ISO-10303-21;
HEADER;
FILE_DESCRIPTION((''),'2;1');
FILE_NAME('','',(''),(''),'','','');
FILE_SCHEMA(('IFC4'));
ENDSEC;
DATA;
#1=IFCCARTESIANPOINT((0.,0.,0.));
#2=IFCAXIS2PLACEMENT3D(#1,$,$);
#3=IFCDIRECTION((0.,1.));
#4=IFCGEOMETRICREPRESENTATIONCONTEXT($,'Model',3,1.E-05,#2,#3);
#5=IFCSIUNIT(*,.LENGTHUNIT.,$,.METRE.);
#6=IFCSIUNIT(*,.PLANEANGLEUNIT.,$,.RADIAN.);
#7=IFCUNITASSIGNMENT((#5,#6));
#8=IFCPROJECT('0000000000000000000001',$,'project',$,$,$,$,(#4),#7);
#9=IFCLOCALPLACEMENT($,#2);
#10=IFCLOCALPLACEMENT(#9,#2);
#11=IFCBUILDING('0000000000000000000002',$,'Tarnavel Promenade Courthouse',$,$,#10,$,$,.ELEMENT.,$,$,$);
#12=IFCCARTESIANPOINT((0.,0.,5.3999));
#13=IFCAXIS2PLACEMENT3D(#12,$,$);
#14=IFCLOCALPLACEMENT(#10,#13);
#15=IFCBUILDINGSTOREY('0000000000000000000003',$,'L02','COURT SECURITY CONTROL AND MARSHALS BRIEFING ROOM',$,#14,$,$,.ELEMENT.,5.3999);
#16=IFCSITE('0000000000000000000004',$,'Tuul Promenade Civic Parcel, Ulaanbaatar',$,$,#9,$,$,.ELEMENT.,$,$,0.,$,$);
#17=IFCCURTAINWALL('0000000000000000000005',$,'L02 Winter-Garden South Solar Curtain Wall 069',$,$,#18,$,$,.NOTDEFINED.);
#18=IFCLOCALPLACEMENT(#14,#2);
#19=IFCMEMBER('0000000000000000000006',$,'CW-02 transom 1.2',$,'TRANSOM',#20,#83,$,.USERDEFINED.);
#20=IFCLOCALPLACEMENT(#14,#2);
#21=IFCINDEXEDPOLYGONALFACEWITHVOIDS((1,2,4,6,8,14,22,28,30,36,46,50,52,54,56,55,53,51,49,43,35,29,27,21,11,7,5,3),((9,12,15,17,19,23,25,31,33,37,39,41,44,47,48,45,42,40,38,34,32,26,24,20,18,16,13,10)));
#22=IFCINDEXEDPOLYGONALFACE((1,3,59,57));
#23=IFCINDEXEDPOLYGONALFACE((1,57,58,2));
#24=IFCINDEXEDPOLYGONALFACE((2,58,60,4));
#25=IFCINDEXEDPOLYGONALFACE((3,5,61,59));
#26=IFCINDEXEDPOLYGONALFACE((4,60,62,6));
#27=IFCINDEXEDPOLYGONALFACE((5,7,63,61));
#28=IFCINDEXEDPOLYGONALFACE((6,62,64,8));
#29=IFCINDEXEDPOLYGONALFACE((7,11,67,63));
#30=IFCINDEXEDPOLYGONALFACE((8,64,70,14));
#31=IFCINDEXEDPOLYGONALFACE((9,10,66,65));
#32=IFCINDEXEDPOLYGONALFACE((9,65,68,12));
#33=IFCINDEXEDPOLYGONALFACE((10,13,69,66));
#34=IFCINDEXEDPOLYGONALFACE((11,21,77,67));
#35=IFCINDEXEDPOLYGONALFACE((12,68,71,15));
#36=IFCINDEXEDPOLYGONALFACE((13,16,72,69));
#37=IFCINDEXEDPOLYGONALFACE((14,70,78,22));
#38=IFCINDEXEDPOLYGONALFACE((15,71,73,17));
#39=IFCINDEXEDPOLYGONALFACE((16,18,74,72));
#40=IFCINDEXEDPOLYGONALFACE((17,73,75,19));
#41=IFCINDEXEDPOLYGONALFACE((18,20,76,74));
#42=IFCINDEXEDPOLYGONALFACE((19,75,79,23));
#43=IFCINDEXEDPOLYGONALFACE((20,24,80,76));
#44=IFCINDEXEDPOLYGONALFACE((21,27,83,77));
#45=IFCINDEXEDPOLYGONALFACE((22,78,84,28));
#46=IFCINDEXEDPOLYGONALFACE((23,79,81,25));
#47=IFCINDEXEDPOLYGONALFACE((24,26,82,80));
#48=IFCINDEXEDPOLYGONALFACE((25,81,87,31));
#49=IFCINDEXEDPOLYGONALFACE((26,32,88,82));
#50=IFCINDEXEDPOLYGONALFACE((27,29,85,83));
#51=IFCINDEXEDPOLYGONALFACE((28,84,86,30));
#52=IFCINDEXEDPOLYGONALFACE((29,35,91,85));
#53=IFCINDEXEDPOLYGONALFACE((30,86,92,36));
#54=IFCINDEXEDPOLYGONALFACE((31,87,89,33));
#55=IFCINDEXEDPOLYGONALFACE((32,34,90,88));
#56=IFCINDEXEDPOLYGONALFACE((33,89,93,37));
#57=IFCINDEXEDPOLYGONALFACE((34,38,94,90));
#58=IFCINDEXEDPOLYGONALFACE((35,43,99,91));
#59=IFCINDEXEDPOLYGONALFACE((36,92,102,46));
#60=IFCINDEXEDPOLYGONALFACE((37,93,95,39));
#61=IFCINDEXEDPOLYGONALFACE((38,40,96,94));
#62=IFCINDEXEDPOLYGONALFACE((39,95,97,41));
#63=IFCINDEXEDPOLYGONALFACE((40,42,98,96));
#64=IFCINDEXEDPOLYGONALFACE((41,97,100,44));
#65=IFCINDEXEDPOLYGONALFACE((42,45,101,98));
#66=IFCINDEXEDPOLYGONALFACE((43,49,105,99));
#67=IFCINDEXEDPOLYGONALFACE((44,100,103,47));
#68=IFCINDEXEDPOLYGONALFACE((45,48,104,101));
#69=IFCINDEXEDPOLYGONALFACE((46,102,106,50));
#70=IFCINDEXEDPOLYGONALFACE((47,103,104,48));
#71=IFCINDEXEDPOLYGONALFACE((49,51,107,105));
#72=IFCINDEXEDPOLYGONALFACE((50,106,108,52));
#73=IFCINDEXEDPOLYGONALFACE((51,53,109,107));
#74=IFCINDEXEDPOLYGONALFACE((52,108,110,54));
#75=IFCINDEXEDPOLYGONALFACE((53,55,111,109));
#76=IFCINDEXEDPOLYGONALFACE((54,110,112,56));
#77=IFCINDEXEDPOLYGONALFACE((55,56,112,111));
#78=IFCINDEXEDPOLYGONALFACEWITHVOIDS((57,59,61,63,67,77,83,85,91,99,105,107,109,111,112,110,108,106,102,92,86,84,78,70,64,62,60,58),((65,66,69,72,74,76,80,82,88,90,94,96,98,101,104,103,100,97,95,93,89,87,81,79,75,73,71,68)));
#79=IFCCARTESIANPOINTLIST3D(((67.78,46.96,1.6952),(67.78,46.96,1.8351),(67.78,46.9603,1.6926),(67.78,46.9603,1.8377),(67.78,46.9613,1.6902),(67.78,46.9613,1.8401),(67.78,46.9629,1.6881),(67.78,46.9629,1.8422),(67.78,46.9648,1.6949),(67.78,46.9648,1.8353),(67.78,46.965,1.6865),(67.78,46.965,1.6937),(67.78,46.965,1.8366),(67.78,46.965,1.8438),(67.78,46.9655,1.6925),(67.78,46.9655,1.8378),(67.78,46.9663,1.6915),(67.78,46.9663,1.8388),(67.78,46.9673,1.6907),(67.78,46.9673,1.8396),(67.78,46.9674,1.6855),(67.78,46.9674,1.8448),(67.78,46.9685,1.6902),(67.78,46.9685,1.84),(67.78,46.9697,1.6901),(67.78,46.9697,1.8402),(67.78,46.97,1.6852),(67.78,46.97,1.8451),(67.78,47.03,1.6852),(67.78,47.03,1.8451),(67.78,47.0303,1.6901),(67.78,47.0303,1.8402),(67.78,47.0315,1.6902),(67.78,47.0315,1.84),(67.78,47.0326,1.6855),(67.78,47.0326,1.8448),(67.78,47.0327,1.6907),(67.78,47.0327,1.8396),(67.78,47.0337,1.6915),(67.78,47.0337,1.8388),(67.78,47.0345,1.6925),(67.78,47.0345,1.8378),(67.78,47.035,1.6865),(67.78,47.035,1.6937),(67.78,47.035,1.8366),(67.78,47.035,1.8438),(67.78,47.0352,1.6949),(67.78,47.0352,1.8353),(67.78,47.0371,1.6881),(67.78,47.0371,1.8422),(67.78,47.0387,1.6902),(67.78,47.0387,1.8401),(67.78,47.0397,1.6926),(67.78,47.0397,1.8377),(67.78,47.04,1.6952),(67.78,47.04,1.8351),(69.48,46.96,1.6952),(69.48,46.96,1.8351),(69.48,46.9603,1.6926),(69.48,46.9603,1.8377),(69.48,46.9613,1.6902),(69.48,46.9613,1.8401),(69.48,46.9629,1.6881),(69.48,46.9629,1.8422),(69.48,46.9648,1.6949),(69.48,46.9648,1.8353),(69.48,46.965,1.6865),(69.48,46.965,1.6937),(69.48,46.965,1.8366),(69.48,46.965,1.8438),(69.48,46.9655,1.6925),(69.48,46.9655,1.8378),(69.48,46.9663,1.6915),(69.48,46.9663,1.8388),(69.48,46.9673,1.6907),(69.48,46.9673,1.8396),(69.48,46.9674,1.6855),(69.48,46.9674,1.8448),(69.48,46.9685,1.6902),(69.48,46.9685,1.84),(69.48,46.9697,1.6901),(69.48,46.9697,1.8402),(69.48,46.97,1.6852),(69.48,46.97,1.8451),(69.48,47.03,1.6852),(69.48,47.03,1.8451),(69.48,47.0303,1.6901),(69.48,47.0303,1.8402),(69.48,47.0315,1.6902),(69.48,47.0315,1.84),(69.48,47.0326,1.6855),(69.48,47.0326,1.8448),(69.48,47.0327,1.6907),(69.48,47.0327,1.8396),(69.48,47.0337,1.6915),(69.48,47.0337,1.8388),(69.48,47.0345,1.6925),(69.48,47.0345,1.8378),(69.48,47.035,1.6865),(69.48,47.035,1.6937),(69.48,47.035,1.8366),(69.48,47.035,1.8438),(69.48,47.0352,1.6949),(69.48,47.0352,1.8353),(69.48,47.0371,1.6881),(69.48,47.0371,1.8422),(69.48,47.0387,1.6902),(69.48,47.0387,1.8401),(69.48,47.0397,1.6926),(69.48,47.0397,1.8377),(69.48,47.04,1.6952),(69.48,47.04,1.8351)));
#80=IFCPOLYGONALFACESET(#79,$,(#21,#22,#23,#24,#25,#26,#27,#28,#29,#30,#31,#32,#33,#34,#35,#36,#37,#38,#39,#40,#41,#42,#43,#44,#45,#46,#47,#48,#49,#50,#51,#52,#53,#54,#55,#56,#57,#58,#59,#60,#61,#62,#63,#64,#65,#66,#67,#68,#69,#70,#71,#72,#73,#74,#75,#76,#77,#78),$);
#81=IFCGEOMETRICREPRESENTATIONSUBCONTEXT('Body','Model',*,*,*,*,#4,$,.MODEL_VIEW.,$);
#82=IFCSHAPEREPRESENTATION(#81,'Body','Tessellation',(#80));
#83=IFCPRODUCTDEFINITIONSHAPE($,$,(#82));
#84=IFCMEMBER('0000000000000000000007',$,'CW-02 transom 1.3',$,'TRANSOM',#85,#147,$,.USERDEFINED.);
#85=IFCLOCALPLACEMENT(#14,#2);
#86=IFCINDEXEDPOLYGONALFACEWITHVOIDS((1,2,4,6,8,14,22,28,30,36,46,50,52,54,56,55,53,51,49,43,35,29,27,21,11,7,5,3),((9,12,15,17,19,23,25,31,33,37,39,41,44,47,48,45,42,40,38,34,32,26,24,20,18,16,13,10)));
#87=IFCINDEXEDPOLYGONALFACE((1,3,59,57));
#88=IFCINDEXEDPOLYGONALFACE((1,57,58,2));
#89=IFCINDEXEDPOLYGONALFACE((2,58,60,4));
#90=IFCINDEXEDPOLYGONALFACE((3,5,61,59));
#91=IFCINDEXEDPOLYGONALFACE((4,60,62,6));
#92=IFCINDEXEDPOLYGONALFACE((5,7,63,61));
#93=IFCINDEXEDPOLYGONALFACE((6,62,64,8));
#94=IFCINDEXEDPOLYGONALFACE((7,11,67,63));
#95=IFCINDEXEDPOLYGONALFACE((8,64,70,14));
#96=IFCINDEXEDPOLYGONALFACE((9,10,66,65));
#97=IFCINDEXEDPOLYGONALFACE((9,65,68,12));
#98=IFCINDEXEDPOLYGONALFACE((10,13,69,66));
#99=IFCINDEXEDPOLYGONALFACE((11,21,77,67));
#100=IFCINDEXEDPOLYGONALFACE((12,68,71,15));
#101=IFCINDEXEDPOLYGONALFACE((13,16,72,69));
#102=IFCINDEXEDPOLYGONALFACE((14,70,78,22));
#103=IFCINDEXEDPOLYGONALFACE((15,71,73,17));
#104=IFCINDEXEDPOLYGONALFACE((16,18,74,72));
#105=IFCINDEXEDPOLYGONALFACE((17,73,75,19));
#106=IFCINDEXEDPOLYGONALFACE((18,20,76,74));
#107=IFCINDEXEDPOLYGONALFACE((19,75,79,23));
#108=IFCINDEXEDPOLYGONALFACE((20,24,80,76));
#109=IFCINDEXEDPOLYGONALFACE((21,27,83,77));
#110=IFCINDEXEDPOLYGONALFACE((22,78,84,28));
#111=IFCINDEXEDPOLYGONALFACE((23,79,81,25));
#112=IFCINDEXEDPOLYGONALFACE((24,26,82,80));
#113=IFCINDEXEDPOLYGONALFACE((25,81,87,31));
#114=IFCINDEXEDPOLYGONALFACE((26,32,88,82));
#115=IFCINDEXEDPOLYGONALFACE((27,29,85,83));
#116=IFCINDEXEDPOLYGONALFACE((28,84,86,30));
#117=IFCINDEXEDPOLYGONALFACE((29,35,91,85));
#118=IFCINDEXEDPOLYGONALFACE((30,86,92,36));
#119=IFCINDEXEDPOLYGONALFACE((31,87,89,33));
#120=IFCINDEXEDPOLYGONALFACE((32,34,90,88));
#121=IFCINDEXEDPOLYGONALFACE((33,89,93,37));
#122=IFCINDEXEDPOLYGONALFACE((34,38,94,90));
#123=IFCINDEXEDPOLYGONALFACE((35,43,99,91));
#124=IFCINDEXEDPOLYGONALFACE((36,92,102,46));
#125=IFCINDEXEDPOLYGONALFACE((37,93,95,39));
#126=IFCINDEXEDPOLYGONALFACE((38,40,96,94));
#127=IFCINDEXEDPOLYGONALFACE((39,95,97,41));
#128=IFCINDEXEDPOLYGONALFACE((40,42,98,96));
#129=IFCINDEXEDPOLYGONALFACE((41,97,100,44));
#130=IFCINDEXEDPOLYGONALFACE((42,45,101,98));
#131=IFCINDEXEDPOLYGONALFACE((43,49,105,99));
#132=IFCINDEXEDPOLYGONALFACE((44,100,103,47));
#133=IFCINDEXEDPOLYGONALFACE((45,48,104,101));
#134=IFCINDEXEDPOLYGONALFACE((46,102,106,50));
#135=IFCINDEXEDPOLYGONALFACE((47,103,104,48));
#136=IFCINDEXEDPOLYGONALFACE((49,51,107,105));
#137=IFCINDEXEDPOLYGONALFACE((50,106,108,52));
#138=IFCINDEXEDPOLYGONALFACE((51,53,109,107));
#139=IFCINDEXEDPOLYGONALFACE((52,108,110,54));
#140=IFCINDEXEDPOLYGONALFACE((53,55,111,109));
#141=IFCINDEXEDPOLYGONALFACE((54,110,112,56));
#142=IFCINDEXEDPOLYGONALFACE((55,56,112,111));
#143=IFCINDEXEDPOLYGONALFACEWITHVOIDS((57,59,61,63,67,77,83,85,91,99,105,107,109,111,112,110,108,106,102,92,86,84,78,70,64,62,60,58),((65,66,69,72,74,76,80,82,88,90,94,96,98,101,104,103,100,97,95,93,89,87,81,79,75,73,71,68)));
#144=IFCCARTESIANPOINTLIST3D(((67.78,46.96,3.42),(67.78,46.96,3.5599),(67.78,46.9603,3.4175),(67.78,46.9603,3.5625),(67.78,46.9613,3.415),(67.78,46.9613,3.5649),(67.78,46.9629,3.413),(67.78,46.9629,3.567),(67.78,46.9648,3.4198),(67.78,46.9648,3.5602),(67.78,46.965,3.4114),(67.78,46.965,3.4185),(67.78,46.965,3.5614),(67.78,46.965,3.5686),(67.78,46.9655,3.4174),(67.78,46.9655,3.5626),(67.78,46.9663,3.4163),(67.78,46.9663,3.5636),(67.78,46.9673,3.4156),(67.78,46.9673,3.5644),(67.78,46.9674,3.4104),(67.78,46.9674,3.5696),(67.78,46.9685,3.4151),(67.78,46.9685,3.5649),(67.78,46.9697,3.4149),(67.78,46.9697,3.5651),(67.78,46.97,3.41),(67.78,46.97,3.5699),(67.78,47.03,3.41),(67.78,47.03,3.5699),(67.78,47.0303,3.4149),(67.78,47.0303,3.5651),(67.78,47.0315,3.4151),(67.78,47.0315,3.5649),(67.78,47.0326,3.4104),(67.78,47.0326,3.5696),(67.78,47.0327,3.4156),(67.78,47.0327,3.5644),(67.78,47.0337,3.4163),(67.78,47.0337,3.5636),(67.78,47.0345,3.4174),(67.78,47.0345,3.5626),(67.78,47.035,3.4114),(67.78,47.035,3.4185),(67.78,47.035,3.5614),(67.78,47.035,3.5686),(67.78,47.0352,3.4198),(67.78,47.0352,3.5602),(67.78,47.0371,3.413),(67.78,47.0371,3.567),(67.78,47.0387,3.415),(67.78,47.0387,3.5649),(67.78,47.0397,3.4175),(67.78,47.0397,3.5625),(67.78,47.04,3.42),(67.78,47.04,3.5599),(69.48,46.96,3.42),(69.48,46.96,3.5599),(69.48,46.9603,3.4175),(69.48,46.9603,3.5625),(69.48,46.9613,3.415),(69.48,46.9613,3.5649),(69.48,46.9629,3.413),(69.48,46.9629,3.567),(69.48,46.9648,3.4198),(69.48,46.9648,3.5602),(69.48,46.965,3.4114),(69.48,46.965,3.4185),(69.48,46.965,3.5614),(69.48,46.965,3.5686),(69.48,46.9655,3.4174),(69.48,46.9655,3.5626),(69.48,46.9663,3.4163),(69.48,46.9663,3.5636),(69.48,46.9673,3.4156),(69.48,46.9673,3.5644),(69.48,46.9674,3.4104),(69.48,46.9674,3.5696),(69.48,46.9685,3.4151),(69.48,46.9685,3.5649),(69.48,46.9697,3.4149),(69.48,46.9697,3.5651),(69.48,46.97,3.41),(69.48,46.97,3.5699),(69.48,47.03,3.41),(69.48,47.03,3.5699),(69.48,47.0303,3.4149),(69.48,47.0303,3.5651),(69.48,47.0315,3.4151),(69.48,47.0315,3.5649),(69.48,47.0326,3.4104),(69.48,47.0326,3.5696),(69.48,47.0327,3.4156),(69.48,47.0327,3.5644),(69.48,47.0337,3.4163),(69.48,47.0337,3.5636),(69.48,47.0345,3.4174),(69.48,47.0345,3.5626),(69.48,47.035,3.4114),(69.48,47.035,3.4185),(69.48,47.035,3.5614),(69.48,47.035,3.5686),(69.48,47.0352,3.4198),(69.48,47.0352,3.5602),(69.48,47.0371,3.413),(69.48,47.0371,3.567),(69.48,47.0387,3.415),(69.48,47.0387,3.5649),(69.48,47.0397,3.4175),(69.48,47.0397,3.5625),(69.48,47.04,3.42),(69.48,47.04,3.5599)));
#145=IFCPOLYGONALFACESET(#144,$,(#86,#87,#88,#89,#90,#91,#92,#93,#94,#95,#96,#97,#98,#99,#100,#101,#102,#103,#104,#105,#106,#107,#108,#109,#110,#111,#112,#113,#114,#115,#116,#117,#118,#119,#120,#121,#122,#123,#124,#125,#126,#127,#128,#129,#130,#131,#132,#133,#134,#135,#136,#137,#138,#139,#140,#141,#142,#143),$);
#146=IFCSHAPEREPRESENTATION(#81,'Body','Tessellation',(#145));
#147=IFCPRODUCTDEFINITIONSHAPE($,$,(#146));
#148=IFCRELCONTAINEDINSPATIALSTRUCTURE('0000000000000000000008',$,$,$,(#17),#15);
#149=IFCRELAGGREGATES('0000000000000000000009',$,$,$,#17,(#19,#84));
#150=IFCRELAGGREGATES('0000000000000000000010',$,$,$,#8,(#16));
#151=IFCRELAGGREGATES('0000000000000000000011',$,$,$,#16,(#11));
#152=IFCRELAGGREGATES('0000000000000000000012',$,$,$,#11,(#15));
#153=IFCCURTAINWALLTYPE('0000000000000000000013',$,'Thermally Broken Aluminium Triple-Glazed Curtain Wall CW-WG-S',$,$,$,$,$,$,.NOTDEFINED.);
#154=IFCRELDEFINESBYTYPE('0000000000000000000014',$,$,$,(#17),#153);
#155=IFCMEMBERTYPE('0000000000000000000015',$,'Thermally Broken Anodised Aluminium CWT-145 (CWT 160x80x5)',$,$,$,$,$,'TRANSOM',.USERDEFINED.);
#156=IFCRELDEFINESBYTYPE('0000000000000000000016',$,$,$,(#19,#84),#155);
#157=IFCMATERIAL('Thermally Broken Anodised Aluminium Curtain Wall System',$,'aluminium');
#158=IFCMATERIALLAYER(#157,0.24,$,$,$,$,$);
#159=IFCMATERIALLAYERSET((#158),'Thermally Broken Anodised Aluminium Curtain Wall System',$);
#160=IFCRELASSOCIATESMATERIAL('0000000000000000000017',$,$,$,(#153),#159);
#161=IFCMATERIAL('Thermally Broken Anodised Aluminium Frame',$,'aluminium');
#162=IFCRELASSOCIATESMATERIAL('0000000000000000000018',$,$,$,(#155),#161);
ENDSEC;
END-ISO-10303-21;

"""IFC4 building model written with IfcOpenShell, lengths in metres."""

from ifc_helpers import new_model, si_unit, direction, frame, origin, origin_2d, place, context, subcontext, project, spatial, hollow_rectangle, extrude, material, layer, layer_set, material_profile, profile_set, type_object, element, aggregate, save


model = new_model("IFC4")

# Units and contexts
model_context = context("Model", 3, precision=1e-05, world=origin(), true_north=direction((0.0, 1.0)))
body_context = subcontext(model_context, "Body", "Model", "MODEL_VIEW")
ifc_project = project(units=[si_unit("LENGTHUNIT", "METRE"), si_unit("PLANEANGLEUNIT", "RADIAN")], contexts=[model_context])

# Site, building, storey
site_placement = place(None, origin())
site = spatial("IfcSite", under=ifc_project, at=site_placement, Name="Tuul Promenade Civic Parcel, Ulaanbaatar", CompositionType="ELEMENT", RefElevation=0.0)
building_placement = place(site_placement, origin())
building = spatial("IfcBuilding", under=site, at=building_placement, Name="Tarnavel Promenade Courthouse", CompositionType="ELEMENT")
storey_placement = place(building_placement, frame((0.0, 0.0, 5.3999)))
storey = spatial("IfcBuildingStorey", under=building, at=storey_placement, Name="L02", Description="COURT SECURITY CONTROL AND MARSHALS BRIEFING ROOM", CompositionType="ELEMENT", Elevation=5.3999)

# Curtain wall
ifc_material_1 = material(Name="Thermally Broken Anodised Aluminium Curtain Wall System", Category="aluminium")
ifc_layer_1 = layer(ifc_material_1, 0.24)
ifc_layer_set_1 = layer_set([ifc_layer_1], Name="Thermally Broken Anodised Aluminium Curtain Wall System")
curtain_wall_type = type_object("IfcCurtainWallType", Name="Thermally Broken Aluminium Triple-Glazed Curtain Wall CW-WG-S", PredefinedType="NOTDEFINED", material=ifc_layer_set_1)
curtain_wall_1_placement = place(storey_placement, origin())
curtain_wall_1 = element("IfcCurtainWall", 1, at=curtain_wall_1_placement, inside=storey, type_object=curtain_wall_type, Name="L02 Winter-Garden South Solar Curtain Wall 069", PredefinedType="NOTDEFINED")
ifc_material_2 = material(Name="Thermally Broken Anodised Aluminium Frame", Category="aluminium")

# Members
ifc_material_profile_1 = material_profile(ifc_material_2, hollow_rectangle(XDim=0.0801, YDim=0.1599, WallThickness=0.0049, InnerFilletRadius=0.0049, OuterFilletRadius=0.01, at=origin_2d()), Name="CWT 160x80x5")
ifc_profile_set_1 = profile_set([ifc_material_profile_1], Name="Thermally Broken Anodised Aluminium Frame")
member_type_1 = type_object("IfcMemberType", Name="Thermally Broken Anodised Aluminium CWT-145 (CWT 160x80x5)", ElementType="TRANSOM", PredefinedType="USERDEFINED", material=ifc_profile_set_1)
member_1_placement = place(storey_placement, frame((67.78, 47.0, 1.7651), z_axis=(1.0, 0.0, 0.0), x_axis=(0.0, 1.0, 0.0)))
member_1 = element("IfcMember", 2, at=member_1_placement, type_object=member_type_1, Name="CW-02 transom 1.2", ObjectType="TRANSOM", PredefinedType="USERDEFINED", context=body_context, shape_type="SweptSolid", body=[
    extrude(hollow_rectangle(XDim=0.0801, YDim=0.1599, WallThickness=0.0049, InnerFilletRadius=0.0049, OuterFilletRadius=0.01, at=origin_2d()), origin(), (0.0, 0.0, 1.0), 1.7),
])
member_2_placement = place(storey_placement, frame((67.78, 47.0, 3.49), z_axis=(1.0, 0.0, 0.0), x_axis=(0.0, 1.0, 0.0)))
member_2 = element("IfcMember", 3, at=member_2_placement, type_object=member_type_1, Name="CW-02 transom 1.3", ObjectType="TRANSOM", PredefinedType="USERDEFINED", context=body_context, shape_type="SweptSolid", body=[
    extrude(hollow_rectangle(XDim=0.0801, YDim=0.1599, WallThickness=0.0049, InnerFilletRadius=0.0049, OuterFilletRadius=0.01, at=origin_2d()), origin(), (0.0, 0.0, 1.0), 1.7),
])

aggregate(curtain_wall_1, [member_1, member_2])

save(model, "model.ifc")
